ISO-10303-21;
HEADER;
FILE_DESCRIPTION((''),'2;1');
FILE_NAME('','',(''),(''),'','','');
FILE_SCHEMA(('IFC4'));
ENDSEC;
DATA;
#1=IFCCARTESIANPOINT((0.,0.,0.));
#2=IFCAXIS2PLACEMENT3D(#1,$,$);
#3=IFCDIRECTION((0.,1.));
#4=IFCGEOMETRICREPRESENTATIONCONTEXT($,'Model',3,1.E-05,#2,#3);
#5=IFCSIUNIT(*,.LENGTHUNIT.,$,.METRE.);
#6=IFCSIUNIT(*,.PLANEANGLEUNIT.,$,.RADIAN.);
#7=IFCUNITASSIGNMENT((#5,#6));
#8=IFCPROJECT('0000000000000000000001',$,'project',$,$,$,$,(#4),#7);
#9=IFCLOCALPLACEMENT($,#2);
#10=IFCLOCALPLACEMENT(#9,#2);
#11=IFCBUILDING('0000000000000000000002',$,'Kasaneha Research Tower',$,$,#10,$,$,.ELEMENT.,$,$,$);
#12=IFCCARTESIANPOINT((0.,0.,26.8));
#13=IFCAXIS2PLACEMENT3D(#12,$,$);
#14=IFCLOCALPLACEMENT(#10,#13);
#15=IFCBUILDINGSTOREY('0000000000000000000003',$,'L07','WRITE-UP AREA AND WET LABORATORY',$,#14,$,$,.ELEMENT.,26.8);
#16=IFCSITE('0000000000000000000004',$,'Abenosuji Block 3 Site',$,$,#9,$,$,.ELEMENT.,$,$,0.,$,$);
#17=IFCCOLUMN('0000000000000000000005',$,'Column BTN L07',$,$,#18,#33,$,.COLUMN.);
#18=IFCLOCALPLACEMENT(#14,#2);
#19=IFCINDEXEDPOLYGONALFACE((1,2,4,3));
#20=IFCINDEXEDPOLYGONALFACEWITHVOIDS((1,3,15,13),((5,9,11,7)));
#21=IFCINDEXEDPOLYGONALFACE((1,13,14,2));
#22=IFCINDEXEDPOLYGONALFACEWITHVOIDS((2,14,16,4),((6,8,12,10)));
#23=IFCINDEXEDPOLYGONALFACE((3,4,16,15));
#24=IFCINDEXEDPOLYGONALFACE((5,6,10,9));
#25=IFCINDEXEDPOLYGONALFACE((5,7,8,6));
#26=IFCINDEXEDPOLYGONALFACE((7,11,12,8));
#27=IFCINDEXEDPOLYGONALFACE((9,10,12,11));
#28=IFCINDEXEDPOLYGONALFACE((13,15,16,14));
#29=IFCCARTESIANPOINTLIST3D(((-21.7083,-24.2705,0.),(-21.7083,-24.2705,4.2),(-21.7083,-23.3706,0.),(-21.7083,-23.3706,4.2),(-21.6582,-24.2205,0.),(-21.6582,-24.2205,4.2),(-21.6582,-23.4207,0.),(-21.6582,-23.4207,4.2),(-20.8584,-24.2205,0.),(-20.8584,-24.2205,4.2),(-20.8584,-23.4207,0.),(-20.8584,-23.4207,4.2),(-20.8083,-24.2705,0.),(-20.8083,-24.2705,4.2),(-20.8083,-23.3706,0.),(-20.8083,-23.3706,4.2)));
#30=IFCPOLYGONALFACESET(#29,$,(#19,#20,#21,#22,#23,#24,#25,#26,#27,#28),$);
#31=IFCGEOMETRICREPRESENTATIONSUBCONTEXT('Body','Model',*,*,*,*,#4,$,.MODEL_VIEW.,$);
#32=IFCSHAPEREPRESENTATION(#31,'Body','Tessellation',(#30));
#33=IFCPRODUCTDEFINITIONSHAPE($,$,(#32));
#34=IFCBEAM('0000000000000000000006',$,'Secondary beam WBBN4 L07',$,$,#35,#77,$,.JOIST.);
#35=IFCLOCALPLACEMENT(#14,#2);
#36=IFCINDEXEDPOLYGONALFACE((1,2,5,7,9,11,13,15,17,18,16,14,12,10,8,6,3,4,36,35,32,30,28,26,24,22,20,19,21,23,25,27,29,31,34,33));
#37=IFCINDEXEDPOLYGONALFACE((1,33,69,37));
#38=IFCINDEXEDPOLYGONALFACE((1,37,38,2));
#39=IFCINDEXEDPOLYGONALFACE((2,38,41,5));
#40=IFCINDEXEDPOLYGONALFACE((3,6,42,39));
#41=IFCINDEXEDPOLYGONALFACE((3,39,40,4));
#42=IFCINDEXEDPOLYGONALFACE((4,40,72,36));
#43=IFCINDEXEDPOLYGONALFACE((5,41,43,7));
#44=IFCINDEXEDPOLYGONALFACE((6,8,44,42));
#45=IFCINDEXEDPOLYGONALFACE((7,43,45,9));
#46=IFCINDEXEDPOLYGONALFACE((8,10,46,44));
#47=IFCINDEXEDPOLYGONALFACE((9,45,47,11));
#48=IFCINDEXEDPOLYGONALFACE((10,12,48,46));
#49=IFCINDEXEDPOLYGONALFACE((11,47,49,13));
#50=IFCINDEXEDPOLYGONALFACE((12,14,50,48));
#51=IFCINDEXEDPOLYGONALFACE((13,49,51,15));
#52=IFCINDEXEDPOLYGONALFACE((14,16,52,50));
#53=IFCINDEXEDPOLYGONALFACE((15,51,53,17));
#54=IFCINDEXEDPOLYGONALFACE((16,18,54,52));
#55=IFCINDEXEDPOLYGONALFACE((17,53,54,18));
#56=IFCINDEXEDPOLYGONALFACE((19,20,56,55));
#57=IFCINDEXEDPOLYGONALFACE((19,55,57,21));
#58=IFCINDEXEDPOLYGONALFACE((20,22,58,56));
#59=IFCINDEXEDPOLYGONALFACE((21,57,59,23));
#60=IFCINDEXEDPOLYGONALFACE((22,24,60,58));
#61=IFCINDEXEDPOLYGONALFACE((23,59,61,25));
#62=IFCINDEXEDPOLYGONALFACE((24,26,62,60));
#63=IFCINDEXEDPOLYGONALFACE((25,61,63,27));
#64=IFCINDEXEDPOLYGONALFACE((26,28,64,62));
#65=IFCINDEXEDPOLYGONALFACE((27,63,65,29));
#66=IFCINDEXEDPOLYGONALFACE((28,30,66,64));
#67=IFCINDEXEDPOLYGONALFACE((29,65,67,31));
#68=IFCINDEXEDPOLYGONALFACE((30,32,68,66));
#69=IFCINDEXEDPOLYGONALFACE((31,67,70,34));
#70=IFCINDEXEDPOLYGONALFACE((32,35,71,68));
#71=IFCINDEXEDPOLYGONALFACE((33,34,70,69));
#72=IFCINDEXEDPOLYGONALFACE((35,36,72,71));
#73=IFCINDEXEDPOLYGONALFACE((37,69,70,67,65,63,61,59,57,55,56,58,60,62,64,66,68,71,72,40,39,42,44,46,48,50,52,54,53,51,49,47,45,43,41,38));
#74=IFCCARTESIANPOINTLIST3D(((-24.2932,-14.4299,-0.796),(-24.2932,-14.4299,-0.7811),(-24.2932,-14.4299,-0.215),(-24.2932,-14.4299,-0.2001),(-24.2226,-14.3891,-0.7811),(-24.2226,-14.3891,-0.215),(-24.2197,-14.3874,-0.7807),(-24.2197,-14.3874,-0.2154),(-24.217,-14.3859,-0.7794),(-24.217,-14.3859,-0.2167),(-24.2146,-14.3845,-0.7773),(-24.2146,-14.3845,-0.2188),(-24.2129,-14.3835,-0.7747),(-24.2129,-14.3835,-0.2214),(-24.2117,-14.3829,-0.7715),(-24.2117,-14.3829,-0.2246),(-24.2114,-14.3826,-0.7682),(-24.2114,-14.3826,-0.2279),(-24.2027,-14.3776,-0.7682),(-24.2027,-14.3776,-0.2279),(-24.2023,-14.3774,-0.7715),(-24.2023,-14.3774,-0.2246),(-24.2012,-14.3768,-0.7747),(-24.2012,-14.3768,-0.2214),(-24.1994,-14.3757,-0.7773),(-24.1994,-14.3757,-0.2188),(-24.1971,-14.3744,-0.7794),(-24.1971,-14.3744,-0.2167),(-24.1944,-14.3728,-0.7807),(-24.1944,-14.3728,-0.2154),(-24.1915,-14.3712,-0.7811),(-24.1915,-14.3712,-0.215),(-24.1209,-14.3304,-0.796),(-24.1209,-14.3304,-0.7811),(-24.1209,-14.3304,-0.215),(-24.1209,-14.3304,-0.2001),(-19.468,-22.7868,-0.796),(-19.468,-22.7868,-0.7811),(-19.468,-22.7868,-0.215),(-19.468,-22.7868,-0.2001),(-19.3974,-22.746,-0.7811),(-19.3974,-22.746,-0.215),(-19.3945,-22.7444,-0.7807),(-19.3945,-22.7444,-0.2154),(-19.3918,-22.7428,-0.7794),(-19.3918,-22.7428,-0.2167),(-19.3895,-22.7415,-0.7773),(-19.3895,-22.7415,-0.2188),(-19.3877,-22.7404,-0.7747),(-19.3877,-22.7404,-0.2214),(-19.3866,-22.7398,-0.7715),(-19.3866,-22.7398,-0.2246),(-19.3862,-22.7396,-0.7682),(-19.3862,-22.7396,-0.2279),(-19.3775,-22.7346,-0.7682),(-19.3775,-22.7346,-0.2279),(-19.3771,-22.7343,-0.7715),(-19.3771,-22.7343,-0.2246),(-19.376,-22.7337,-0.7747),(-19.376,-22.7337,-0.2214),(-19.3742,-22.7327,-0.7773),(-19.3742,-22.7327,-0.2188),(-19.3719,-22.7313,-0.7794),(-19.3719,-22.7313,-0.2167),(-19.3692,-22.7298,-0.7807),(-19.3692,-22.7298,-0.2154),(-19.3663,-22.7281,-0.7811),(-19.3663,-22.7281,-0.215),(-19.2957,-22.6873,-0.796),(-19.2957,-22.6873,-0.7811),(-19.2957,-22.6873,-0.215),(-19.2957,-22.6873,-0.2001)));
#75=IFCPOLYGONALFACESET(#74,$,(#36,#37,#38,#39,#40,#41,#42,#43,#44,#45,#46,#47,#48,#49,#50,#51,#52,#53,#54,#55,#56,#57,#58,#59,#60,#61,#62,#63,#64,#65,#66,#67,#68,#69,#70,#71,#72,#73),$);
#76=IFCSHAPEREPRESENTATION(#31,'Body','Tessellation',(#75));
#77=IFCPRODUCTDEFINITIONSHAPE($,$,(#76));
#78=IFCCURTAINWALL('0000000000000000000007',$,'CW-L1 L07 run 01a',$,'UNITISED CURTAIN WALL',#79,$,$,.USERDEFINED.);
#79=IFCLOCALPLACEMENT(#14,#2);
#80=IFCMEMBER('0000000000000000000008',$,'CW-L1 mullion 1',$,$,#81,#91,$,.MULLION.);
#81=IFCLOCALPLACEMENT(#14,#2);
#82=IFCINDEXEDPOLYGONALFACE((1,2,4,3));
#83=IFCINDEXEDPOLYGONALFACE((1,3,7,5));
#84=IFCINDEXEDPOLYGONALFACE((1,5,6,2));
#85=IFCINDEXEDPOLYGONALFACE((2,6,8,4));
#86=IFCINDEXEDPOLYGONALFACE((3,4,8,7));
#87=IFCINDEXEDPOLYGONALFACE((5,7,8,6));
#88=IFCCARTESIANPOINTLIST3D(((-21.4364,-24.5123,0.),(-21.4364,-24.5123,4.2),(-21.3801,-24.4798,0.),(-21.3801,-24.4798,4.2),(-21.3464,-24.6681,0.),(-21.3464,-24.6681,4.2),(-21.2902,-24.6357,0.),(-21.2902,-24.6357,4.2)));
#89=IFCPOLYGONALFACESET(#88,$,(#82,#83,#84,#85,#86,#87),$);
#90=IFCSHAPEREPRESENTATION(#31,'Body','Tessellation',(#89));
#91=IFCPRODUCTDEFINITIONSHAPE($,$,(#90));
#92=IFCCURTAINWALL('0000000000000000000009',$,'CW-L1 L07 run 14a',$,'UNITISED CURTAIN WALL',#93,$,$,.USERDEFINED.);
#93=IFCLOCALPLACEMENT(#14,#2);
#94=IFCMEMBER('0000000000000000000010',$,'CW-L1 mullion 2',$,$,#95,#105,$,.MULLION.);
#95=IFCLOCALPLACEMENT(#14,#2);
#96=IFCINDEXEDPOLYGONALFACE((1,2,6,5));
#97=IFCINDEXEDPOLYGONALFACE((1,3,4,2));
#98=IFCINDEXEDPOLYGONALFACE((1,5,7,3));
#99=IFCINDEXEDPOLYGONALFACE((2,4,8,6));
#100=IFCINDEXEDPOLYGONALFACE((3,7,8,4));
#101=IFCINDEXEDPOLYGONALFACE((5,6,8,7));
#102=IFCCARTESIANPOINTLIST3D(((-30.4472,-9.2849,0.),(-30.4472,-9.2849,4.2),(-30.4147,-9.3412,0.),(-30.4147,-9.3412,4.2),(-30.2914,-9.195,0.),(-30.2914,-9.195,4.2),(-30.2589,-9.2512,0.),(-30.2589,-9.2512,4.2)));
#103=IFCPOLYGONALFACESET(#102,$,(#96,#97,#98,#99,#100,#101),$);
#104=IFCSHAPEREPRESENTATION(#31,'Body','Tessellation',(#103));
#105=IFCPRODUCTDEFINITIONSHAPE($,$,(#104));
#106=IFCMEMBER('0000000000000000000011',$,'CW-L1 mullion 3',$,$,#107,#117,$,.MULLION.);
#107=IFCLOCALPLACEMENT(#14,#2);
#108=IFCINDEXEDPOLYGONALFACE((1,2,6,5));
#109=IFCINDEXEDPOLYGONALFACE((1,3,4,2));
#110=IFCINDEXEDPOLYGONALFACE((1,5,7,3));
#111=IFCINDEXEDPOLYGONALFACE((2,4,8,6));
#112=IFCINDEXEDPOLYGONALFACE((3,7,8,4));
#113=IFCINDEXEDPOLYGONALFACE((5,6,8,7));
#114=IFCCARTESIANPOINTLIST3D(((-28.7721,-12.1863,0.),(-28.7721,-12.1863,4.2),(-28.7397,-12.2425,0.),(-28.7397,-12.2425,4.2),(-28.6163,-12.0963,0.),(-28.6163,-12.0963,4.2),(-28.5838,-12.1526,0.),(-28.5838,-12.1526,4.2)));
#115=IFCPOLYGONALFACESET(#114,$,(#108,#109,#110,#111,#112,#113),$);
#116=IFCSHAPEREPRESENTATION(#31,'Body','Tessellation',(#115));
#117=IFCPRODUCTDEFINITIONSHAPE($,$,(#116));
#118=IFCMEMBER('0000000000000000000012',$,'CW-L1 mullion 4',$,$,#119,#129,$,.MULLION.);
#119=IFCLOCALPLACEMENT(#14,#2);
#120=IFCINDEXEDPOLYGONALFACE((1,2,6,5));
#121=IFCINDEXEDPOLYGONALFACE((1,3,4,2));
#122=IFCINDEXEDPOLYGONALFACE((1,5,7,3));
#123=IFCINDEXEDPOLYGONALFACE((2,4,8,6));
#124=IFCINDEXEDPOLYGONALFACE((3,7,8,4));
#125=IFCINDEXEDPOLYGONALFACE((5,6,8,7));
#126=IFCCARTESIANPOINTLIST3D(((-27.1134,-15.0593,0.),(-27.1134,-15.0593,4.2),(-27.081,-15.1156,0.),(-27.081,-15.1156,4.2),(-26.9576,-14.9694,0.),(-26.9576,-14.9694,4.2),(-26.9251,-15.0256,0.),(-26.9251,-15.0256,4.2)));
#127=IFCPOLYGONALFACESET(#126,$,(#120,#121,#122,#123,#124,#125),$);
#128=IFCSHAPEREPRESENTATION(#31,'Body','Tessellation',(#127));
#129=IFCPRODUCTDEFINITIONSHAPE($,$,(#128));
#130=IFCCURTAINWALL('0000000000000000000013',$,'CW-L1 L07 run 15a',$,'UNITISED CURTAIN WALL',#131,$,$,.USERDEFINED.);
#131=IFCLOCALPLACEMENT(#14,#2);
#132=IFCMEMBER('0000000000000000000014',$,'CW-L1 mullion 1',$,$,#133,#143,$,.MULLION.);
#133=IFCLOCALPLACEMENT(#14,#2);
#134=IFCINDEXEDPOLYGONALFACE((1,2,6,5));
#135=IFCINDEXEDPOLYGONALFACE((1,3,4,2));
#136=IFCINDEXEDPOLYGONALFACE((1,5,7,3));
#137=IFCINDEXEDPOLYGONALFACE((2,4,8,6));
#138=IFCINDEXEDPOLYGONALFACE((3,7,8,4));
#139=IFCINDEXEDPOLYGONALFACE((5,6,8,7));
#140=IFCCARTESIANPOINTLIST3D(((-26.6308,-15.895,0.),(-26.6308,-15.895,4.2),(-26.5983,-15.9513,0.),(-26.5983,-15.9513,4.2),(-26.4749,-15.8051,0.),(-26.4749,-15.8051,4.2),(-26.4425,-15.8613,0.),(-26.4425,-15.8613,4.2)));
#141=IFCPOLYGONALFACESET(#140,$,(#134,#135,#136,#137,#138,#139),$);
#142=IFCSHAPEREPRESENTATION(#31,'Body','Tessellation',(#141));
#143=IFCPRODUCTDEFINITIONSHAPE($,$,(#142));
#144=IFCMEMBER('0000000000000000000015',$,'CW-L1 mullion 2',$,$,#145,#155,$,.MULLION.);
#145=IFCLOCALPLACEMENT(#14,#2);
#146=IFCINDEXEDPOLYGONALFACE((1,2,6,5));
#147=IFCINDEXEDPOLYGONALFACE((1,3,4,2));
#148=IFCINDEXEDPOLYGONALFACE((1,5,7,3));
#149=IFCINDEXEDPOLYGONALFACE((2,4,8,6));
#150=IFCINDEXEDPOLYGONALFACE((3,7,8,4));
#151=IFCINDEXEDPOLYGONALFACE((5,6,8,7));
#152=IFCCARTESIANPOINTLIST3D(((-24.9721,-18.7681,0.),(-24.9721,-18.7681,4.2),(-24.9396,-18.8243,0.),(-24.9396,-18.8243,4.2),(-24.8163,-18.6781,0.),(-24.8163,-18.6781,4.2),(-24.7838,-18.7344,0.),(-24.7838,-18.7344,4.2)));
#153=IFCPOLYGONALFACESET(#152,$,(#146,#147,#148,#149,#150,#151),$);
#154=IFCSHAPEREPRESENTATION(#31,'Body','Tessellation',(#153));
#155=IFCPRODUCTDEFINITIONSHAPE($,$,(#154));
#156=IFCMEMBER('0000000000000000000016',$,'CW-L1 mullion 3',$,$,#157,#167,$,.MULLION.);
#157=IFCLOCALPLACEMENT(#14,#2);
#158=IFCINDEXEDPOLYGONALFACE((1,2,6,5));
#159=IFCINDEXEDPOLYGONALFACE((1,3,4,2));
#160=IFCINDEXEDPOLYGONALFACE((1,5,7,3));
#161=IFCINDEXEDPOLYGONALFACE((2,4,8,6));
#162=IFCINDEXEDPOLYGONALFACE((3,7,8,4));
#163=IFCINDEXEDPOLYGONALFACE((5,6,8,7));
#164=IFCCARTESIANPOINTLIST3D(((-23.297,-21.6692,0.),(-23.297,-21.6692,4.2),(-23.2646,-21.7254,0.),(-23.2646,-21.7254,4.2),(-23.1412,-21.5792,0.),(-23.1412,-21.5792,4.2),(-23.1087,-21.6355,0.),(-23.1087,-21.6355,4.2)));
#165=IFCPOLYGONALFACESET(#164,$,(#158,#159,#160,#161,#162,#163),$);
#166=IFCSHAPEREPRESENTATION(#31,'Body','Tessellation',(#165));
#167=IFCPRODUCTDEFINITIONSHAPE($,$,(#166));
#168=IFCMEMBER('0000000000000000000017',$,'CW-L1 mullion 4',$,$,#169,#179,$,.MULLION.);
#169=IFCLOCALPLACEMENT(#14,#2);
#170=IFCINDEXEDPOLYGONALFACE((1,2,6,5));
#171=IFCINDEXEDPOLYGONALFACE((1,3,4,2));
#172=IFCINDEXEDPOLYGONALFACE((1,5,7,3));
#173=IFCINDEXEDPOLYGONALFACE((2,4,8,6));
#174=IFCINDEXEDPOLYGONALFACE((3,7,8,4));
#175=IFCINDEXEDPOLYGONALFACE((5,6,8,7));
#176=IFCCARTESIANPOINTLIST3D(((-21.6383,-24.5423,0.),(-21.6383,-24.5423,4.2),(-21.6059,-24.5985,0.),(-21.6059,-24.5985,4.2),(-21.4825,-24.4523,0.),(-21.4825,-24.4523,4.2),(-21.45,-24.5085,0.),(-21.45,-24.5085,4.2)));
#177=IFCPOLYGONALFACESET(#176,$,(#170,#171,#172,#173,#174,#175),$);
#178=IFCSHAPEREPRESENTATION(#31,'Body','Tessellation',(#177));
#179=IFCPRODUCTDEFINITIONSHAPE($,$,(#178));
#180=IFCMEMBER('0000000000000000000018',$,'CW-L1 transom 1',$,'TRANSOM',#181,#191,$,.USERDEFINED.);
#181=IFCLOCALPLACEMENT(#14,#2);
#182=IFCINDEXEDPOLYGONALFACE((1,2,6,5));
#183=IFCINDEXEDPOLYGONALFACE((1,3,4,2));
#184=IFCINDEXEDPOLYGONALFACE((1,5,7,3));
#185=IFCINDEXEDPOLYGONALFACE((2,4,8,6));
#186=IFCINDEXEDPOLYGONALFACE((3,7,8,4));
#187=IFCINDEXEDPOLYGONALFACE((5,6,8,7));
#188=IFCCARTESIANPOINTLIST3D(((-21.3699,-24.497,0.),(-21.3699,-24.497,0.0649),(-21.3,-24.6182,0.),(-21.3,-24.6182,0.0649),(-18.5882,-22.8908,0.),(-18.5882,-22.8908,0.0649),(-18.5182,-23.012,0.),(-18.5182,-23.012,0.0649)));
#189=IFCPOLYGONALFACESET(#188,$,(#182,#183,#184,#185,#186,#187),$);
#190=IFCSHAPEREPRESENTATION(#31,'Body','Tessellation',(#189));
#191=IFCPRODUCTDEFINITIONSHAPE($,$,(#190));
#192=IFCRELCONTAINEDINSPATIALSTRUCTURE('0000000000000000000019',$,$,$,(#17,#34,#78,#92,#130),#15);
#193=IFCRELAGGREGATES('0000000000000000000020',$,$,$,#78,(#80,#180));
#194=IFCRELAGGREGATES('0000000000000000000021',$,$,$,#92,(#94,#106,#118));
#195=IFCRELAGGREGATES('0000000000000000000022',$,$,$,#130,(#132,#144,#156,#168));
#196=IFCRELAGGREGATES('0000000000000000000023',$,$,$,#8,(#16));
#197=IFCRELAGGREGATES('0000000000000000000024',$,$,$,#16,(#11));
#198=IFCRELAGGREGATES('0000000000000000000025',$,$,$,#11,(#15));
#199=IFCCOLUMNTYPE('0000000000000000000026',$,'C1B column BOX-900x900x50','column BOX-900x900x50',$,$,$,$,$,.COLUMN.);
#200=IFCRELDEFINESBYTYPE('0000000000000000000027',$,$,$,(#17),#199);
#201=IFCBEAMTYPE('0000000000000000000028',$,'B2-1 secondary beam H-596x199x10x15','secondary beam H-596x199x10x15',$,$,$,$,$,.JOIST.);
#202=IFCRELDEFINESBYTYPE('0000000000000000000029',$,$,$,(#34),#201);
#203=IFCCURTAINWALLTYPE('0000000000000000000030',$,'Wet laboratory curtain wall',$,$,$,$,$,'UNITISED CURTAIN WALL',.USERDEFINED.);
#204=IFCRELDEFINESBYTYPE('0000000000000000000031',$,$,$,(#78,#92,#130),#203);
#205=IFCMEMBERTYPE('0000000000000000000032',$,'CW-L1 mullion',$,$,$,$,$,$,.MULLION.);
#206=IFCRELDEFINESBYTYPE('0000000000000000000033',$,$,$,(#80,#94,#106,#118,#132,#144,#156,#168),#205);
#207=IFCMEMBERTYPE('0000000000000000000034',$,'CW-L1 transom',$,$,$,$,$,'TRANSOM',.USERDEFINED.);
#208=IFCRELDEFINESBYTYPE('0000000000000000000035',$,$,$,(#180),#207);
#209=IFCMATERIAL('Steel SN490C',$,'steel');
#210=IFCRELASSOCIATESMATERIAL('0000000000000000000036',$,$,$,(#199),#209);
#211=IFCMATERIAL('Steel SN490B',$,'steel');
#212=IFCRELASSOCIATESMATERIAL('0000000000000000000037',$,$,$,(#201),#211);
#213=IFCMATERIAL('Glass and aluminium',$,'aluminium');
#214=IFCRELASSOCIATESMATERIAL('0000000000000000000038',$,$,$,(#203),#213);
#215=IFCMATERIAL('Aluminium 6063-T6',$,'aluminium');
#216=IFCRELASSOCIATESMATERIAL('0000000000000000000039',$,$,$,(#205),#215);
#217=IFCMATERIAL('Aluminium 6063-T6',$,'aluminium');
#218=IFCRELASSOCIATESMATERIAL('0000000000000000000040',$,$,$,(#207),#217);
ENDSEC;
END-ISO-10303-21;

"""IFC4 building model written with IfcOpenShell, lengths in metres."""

from ifc_helpers import new_model, si_unit, direction, frame, origin, origin_2d, place, context, subcontext, project, spatial, rectangle, hollow_rectangle, i_section, extrude, material, material_profile, profile_set, type_object, element, aggregate, save


model = new_model("IFC4")

# Units and contexts
model_context = context("Model", 3, precision=1e-05, world=origin(), true_north=direction((0.0, 1.0)))
body_context = subcontext(model_context, "Body", "Model", "MODEL_VIEW")
ifc_project = project(units=[si_unit("LENGTHUNIT", "METRE"), si_unit("PLANEANGLEUNIT", "RADIAN")], contexts=[model_context])

# Site, building, storey
site_placement = place(None, origin())
site = spatial("IfcSite", under=ifc_project, at=site_placement, Name="Abenosuji Block 3 Site", CompositionType="ELEMENT", RefElevation=0.0)
building_placement = place(site_placement, origin())
building = spatial("IfcBuilding", under=site, at=building_placement, Name="Kasaneha Research Tower", CompositionType="ELEMENT")
storey_placement = place(building_placement, frame((0.0, 0.0, 26.8)))
storey = spatial("IfcBuildingStorey", under=building, at=storey_placement, Name="L07", Description="WRITE-UP AREA AND WET LABORATORY", CompositionType="ELEMENT", Elevation=26.8)

# Column
ifc_material_1 = material(Name="Steel SN490C", Category="steel")
ifc_material_profile_1 = material_profile(ifc_material_1, hollow_rectangle(XDim=0.8999, YDim=0.8999, WallThickness=0.05, at=origin_2d()), Name="BOX-900x900x50")
ifc_profile_set_1 = profile_set([ifc_material_profile_1], Name="Steel SN490C")
column_type = type_object("IfcColumnType", Name="C1B column BOX-900x900x50", Description="column BOX-900x900x50", PredefinedType="COLUMN", material=ifc_profile_set_1)
column_placement = place(storey_placement, frame((-21.2583, -23.8206, 0.0), z_axis=(0.0, 0.0, 1.0), x_axis=(1.0, 0.0, 0.0)))
element("IfcColumn", 1, at=column_placement, inside=storey, type_object=column_type, Name="Column BTN L07", PredefinedType="COLUMN", context=body_context, shape_type="SweptSolid", body=[
    extrude(hollow_rectangle(XDim=0.8999, YDim=0.8999, WallThickness=0.05, at=origin_2d()), origin(), (0.0, 0.0, 1.0), 4.2),
])

# Beam
ifc_material_2 = material(Name="Steel SN490B", Category="steel")
ifc_material_profile_2 = material_profile(ifc_material_2, i_section(OverallWidth=0.199, OverallDepth=0.5959, WebThickness=0.01, FlangeThickness=0.0149, FilletRadius=0.0129, at=origin_2d()), Name="H-596x199x10x15")
ifc_profile_set_2 = profile_set([ifc_material_profile_2], Name="Steel SN490B")
beam_type_1 = type_object("IfcBeamType", Name="B2-1 secondary beam H-596x199x10x15", Description="secondary beam H-596x199x10x15", PredefinedType="JOIST", material=ifc_profile_set_2)
beam_1_placement = place(storey_placement, frame((-19.3818, -22.7371, -0.498), z_axis=(-0.500025, 0.866011, 0.0), x_axis=(-0.866011, -0.500025, 0.0)))
element("IfcBeam", 2, at=beam_1_placement, inside=storey, type_object=beam_type_1, Name="Secondary beam WBBN4 L07", PredefinedType="JOIST", context=body_context, shape_type="SweptSolid", body=[
    extrude(i_section(OverallWidth=0.199, OverallDepth=0.5959, WebThickness=0.01, FlangeThickness=0.0149, FilletRadius=0.0129, at=origin_2d()), origin(), (0.0, 0.0, 1.0), 9.6499),
])

# Curtain wall, member
ifc_material_3 = material(Name="Glass and aluminium", Category="aluminium")
curtain_wall_type = type_object("IfcCurtainWallType", Name="Wet laboratory curtain wall", ElementType="UNITISED CURTAIN WALL", PredefinedType="USERDEFINED", material=ifc_material_3)
curtain_wall_1_placement = place(storey_placement, origin())
curtain_wall_1 = element("IfcCurtainWall", 3, at=curtain_wall_1_placement, inside=storey, type_object=curtain_wall_type, Name="CW-L1 L07 run 01a", ObjectType="UNITISED CURTAIN WALL", PredefinedType="USERDEFINED")
ifc_material_4 = material(Name="Aluminium 6063-T6", Category="aluminium")
ifc_material_profile_3 = material_profile(ifc_material_4, rectangle(XDim=0.0649, YDim=0.1799, at=origin_2d()), Name="CW-L1 mullion 65x180")
ifc_profile_set_3 = profile_set([ifc_material_profile_3], Name="Aluminium 6063-T6")
member_type_1 = type_object("IfcMemberType", Name="CW-L1 mullion", PredefinedType="MULLION", material=ifc_profile_set_3)
member_1_placement = place(storey_placement, frame((-21.3633, -24.574, 0.0), z_axis=(0.0, 0.0, 1.0), x_axis=(0.866025, 0.5, 0.0)))
member_1 = element("IfcMember", 4, at=member_1_placement, type_object=member_type_1, Name="CW-L1 mullion 1", PredefinedType="MULLION", context=body_context, shape_type="SweptSolid", body=[
    extrude(rectangle(XDim=0.0649, YDim=0.1799, at=origin_2d()), origin(), (0.0, 0.0, 1.0), 4.2),
])

# Curtain walls, members
curtain_wall_2_placement = place(storey_placement, origin())
curtain_wall_2 = element("IfcCurtainWall", 5, at=curtain_wall_2_placement, inside=storey, type_object=curtain_wall_type, Name="CW-L1 L07 run 14a", ObjectType="UNITISED CURTAIN WALL", PredefinedType="USERDEFINED")
member_2_placement = place(storey_placement, frame((-30.353, -9.2681, 0.0), z_axis=(0.0, 0.0, 1.0), x_axis=(0.5, -0.866025, 0.0)))
member_2 = element("IfcMember", 6, at=member_2_placement, type_object=member_type_1, Name="CW-L1 mullion 2", PredefinedType="MULLION", context=body_context, shape_type="SweptSolid", body=[
    extrude(rectangle(XDim=0.0649, YDim=0.1799, at=origin_2d()), origin(), (0.0, 0.0, 1.0), 4.2),
])
member_3_placement = place(storey_placement, frame((-28.678, -12.1694, 0.0), z_axis=(0.0, 0.0, 1.0), x_axis=(0.5, -0.866025, 0.0)))
member_3 = element("IfcMember", 7, at=member_3_placement, type_object=member_type_1, Name="CW-L1 mullion 3", PredefinedType="MULLION", context=body_context, shape_type="SweptSolid", body=[
    extrude(rectangle(XDim=0.0649, YDim=0.1799, at=origin_2d()), origin(), (0.0, 0.0, 1.0), 4.2),
])
member_4_placement = place(storey_placement, frame((-27.0193, -15.0425, 0.0), z_axis=(0.0, 0.0, 1.0), x_axis=(0.5, -0.866025, 0.0)))
member_4 = element("IfcMember", 8, at=member_4_placement, type_object=member_type_1, Name="CW-L1 mullion 4", PredefinedType="MULLION", context=body_context, shape_type="SweptSolid", body=[
    extrude(rectangle(XDim=0.0649, YDim=0.1799, at=origin_2d()), origin(), (0.0, 0.0, 1.0), 4.2),
])
curtain_wall_3_placement = place(storey_placement, origin())
curtain_wall_3 = element("IfcCurtainWall", 9, at=curtain_wall_3_placement, inside=storey, type_object=curtain_wall_type, Name="CW-L1 L07 run 15a", ObjectType="UNITISED CURTAIN WALL", PredefinedType="USERDEFINED")
member_5_placement = place(storey_placement, frame((-26.5366, -15.8782, 0.0), z_axis=(0.0, 0.0, 1.0), x_axis=(0.5, -0.866025, 0.0)))
member_5 = element("IfcMember", 10, at=member_5_placement, type_object=member_type_1, Name="CW-L1 mullion 1", PredefinedType="MULLION", context=body_context, shape_type="SweptSolid", body=[
    extrude(rectangle(XDim=0.0649, YDim=0.1799, at=origin_2d()), origin(), (0.0, 0.0, 1.0), 4.2),
])
member_6_placement = place(storey_placement, frame((-24.8779, -18.7512, 0.0), z_axis=(0.0, 0.0, 1.0), x_axis=(0.5, -0.866025, 0.0)))
member_6 = element("IfcMember", 11, at=member_6_placement, type_object=member_type_1, Name="CW-L1 mullion 2", PredefinedType="MULLION", context=body_context, shape_type="SweptSolid", body=[
    extrude(rectangle(XDim=0.0649, YDim=0.1799, at=origin_2d()), origin(), (0.0, 0.0, 1.0), 4.2),
])
member_7_placement = place(storey_placement, frame((-23.2029, -21.6523, 0.0), z_axis=(0.0, 0.0, 1.0), x_axis=(0.5, -0.866025, 0.0)))
member_7 = element("IfcMember", 12, at=member_7_placement, type_object=member_type_1, Name="CW-L1 mullion 3", PredefinedType="MULLION", context=body_context, shape_type="SweptSolid", body=[
    extrude(rectangle(XDim=0.0649, YDim=0.1799, at=origin_2d()), origin(), (0.0, 0.0, 1.0), 4.2),
])
member_8_placement = place(storey_placement, frame((-21.5442, -24.5254, 0.0), z_axis=(0.0, 0.0, 1.0), x_axis=(0.5, -0.866025, 0.0)))
member_8 = element("IfcMember", 13, at=member_8_placement, type_object=member_type_1, Name="CW-L1 mullion 4", PredefinedType="MULLION", context=body_context, shape_type="SweptSolid", body=[
    extrude(rectangle(XDim=0.0649, YDim=0.1799, at=origin_2d()), origin(), (0.0, 0.0, 1.0), 4.2),
])

# Member
ifc_material_5 = material(Name="Aluminium 6063-T6", Category="aluminium")
ifc_material_profile_4 = material_profile(ifc_material_5, rectangle(XDim=0.1399, YDim=0.0649, at=origin_2d()), Name="CW-L1 transom 140x65")
ifc_profile_set_4 = profile_set([ifc_material_profile_4], Name="Aluminium 6063-T6")
member_type_2 = type_object("IfcMemberType", Name="CW-L1 transom", ElementType="TRANSOM", PredefinedType="USERDEFINED", material=ifc_profile_set_4)
member_9_placement = place(storey_placement, frame((-21.335, -24.5576, 0.0325), z_axis=(0.866003, 0.500038, 0.0), x_axis=(-0.500038, 0.866003, 0.0)))
member_9 = element("IfcMember", 14, at=member_9_placement, type_object=member_type_2, Name="CW-L1 transom 1", ObjectType="TRANSOM", PredefinedType="USERDEFINED", context=body_context, shape_type="SweptSolid", body=[
    extrude(rectangle(XDim=0.1399, YDim=0.0649, at=origin_2d()), origin(), (0.0, 0.0, 1.0), 3.2122),
])

aggregate(curtain_wall_1, [member_1, member_9])
aggregate(curtain_wall_2, [member_2, member_3, member_4])
aggregate(curtain_wall_3, [member_5, member_6, member_7, member_8])

save(model, "model.ifc")
